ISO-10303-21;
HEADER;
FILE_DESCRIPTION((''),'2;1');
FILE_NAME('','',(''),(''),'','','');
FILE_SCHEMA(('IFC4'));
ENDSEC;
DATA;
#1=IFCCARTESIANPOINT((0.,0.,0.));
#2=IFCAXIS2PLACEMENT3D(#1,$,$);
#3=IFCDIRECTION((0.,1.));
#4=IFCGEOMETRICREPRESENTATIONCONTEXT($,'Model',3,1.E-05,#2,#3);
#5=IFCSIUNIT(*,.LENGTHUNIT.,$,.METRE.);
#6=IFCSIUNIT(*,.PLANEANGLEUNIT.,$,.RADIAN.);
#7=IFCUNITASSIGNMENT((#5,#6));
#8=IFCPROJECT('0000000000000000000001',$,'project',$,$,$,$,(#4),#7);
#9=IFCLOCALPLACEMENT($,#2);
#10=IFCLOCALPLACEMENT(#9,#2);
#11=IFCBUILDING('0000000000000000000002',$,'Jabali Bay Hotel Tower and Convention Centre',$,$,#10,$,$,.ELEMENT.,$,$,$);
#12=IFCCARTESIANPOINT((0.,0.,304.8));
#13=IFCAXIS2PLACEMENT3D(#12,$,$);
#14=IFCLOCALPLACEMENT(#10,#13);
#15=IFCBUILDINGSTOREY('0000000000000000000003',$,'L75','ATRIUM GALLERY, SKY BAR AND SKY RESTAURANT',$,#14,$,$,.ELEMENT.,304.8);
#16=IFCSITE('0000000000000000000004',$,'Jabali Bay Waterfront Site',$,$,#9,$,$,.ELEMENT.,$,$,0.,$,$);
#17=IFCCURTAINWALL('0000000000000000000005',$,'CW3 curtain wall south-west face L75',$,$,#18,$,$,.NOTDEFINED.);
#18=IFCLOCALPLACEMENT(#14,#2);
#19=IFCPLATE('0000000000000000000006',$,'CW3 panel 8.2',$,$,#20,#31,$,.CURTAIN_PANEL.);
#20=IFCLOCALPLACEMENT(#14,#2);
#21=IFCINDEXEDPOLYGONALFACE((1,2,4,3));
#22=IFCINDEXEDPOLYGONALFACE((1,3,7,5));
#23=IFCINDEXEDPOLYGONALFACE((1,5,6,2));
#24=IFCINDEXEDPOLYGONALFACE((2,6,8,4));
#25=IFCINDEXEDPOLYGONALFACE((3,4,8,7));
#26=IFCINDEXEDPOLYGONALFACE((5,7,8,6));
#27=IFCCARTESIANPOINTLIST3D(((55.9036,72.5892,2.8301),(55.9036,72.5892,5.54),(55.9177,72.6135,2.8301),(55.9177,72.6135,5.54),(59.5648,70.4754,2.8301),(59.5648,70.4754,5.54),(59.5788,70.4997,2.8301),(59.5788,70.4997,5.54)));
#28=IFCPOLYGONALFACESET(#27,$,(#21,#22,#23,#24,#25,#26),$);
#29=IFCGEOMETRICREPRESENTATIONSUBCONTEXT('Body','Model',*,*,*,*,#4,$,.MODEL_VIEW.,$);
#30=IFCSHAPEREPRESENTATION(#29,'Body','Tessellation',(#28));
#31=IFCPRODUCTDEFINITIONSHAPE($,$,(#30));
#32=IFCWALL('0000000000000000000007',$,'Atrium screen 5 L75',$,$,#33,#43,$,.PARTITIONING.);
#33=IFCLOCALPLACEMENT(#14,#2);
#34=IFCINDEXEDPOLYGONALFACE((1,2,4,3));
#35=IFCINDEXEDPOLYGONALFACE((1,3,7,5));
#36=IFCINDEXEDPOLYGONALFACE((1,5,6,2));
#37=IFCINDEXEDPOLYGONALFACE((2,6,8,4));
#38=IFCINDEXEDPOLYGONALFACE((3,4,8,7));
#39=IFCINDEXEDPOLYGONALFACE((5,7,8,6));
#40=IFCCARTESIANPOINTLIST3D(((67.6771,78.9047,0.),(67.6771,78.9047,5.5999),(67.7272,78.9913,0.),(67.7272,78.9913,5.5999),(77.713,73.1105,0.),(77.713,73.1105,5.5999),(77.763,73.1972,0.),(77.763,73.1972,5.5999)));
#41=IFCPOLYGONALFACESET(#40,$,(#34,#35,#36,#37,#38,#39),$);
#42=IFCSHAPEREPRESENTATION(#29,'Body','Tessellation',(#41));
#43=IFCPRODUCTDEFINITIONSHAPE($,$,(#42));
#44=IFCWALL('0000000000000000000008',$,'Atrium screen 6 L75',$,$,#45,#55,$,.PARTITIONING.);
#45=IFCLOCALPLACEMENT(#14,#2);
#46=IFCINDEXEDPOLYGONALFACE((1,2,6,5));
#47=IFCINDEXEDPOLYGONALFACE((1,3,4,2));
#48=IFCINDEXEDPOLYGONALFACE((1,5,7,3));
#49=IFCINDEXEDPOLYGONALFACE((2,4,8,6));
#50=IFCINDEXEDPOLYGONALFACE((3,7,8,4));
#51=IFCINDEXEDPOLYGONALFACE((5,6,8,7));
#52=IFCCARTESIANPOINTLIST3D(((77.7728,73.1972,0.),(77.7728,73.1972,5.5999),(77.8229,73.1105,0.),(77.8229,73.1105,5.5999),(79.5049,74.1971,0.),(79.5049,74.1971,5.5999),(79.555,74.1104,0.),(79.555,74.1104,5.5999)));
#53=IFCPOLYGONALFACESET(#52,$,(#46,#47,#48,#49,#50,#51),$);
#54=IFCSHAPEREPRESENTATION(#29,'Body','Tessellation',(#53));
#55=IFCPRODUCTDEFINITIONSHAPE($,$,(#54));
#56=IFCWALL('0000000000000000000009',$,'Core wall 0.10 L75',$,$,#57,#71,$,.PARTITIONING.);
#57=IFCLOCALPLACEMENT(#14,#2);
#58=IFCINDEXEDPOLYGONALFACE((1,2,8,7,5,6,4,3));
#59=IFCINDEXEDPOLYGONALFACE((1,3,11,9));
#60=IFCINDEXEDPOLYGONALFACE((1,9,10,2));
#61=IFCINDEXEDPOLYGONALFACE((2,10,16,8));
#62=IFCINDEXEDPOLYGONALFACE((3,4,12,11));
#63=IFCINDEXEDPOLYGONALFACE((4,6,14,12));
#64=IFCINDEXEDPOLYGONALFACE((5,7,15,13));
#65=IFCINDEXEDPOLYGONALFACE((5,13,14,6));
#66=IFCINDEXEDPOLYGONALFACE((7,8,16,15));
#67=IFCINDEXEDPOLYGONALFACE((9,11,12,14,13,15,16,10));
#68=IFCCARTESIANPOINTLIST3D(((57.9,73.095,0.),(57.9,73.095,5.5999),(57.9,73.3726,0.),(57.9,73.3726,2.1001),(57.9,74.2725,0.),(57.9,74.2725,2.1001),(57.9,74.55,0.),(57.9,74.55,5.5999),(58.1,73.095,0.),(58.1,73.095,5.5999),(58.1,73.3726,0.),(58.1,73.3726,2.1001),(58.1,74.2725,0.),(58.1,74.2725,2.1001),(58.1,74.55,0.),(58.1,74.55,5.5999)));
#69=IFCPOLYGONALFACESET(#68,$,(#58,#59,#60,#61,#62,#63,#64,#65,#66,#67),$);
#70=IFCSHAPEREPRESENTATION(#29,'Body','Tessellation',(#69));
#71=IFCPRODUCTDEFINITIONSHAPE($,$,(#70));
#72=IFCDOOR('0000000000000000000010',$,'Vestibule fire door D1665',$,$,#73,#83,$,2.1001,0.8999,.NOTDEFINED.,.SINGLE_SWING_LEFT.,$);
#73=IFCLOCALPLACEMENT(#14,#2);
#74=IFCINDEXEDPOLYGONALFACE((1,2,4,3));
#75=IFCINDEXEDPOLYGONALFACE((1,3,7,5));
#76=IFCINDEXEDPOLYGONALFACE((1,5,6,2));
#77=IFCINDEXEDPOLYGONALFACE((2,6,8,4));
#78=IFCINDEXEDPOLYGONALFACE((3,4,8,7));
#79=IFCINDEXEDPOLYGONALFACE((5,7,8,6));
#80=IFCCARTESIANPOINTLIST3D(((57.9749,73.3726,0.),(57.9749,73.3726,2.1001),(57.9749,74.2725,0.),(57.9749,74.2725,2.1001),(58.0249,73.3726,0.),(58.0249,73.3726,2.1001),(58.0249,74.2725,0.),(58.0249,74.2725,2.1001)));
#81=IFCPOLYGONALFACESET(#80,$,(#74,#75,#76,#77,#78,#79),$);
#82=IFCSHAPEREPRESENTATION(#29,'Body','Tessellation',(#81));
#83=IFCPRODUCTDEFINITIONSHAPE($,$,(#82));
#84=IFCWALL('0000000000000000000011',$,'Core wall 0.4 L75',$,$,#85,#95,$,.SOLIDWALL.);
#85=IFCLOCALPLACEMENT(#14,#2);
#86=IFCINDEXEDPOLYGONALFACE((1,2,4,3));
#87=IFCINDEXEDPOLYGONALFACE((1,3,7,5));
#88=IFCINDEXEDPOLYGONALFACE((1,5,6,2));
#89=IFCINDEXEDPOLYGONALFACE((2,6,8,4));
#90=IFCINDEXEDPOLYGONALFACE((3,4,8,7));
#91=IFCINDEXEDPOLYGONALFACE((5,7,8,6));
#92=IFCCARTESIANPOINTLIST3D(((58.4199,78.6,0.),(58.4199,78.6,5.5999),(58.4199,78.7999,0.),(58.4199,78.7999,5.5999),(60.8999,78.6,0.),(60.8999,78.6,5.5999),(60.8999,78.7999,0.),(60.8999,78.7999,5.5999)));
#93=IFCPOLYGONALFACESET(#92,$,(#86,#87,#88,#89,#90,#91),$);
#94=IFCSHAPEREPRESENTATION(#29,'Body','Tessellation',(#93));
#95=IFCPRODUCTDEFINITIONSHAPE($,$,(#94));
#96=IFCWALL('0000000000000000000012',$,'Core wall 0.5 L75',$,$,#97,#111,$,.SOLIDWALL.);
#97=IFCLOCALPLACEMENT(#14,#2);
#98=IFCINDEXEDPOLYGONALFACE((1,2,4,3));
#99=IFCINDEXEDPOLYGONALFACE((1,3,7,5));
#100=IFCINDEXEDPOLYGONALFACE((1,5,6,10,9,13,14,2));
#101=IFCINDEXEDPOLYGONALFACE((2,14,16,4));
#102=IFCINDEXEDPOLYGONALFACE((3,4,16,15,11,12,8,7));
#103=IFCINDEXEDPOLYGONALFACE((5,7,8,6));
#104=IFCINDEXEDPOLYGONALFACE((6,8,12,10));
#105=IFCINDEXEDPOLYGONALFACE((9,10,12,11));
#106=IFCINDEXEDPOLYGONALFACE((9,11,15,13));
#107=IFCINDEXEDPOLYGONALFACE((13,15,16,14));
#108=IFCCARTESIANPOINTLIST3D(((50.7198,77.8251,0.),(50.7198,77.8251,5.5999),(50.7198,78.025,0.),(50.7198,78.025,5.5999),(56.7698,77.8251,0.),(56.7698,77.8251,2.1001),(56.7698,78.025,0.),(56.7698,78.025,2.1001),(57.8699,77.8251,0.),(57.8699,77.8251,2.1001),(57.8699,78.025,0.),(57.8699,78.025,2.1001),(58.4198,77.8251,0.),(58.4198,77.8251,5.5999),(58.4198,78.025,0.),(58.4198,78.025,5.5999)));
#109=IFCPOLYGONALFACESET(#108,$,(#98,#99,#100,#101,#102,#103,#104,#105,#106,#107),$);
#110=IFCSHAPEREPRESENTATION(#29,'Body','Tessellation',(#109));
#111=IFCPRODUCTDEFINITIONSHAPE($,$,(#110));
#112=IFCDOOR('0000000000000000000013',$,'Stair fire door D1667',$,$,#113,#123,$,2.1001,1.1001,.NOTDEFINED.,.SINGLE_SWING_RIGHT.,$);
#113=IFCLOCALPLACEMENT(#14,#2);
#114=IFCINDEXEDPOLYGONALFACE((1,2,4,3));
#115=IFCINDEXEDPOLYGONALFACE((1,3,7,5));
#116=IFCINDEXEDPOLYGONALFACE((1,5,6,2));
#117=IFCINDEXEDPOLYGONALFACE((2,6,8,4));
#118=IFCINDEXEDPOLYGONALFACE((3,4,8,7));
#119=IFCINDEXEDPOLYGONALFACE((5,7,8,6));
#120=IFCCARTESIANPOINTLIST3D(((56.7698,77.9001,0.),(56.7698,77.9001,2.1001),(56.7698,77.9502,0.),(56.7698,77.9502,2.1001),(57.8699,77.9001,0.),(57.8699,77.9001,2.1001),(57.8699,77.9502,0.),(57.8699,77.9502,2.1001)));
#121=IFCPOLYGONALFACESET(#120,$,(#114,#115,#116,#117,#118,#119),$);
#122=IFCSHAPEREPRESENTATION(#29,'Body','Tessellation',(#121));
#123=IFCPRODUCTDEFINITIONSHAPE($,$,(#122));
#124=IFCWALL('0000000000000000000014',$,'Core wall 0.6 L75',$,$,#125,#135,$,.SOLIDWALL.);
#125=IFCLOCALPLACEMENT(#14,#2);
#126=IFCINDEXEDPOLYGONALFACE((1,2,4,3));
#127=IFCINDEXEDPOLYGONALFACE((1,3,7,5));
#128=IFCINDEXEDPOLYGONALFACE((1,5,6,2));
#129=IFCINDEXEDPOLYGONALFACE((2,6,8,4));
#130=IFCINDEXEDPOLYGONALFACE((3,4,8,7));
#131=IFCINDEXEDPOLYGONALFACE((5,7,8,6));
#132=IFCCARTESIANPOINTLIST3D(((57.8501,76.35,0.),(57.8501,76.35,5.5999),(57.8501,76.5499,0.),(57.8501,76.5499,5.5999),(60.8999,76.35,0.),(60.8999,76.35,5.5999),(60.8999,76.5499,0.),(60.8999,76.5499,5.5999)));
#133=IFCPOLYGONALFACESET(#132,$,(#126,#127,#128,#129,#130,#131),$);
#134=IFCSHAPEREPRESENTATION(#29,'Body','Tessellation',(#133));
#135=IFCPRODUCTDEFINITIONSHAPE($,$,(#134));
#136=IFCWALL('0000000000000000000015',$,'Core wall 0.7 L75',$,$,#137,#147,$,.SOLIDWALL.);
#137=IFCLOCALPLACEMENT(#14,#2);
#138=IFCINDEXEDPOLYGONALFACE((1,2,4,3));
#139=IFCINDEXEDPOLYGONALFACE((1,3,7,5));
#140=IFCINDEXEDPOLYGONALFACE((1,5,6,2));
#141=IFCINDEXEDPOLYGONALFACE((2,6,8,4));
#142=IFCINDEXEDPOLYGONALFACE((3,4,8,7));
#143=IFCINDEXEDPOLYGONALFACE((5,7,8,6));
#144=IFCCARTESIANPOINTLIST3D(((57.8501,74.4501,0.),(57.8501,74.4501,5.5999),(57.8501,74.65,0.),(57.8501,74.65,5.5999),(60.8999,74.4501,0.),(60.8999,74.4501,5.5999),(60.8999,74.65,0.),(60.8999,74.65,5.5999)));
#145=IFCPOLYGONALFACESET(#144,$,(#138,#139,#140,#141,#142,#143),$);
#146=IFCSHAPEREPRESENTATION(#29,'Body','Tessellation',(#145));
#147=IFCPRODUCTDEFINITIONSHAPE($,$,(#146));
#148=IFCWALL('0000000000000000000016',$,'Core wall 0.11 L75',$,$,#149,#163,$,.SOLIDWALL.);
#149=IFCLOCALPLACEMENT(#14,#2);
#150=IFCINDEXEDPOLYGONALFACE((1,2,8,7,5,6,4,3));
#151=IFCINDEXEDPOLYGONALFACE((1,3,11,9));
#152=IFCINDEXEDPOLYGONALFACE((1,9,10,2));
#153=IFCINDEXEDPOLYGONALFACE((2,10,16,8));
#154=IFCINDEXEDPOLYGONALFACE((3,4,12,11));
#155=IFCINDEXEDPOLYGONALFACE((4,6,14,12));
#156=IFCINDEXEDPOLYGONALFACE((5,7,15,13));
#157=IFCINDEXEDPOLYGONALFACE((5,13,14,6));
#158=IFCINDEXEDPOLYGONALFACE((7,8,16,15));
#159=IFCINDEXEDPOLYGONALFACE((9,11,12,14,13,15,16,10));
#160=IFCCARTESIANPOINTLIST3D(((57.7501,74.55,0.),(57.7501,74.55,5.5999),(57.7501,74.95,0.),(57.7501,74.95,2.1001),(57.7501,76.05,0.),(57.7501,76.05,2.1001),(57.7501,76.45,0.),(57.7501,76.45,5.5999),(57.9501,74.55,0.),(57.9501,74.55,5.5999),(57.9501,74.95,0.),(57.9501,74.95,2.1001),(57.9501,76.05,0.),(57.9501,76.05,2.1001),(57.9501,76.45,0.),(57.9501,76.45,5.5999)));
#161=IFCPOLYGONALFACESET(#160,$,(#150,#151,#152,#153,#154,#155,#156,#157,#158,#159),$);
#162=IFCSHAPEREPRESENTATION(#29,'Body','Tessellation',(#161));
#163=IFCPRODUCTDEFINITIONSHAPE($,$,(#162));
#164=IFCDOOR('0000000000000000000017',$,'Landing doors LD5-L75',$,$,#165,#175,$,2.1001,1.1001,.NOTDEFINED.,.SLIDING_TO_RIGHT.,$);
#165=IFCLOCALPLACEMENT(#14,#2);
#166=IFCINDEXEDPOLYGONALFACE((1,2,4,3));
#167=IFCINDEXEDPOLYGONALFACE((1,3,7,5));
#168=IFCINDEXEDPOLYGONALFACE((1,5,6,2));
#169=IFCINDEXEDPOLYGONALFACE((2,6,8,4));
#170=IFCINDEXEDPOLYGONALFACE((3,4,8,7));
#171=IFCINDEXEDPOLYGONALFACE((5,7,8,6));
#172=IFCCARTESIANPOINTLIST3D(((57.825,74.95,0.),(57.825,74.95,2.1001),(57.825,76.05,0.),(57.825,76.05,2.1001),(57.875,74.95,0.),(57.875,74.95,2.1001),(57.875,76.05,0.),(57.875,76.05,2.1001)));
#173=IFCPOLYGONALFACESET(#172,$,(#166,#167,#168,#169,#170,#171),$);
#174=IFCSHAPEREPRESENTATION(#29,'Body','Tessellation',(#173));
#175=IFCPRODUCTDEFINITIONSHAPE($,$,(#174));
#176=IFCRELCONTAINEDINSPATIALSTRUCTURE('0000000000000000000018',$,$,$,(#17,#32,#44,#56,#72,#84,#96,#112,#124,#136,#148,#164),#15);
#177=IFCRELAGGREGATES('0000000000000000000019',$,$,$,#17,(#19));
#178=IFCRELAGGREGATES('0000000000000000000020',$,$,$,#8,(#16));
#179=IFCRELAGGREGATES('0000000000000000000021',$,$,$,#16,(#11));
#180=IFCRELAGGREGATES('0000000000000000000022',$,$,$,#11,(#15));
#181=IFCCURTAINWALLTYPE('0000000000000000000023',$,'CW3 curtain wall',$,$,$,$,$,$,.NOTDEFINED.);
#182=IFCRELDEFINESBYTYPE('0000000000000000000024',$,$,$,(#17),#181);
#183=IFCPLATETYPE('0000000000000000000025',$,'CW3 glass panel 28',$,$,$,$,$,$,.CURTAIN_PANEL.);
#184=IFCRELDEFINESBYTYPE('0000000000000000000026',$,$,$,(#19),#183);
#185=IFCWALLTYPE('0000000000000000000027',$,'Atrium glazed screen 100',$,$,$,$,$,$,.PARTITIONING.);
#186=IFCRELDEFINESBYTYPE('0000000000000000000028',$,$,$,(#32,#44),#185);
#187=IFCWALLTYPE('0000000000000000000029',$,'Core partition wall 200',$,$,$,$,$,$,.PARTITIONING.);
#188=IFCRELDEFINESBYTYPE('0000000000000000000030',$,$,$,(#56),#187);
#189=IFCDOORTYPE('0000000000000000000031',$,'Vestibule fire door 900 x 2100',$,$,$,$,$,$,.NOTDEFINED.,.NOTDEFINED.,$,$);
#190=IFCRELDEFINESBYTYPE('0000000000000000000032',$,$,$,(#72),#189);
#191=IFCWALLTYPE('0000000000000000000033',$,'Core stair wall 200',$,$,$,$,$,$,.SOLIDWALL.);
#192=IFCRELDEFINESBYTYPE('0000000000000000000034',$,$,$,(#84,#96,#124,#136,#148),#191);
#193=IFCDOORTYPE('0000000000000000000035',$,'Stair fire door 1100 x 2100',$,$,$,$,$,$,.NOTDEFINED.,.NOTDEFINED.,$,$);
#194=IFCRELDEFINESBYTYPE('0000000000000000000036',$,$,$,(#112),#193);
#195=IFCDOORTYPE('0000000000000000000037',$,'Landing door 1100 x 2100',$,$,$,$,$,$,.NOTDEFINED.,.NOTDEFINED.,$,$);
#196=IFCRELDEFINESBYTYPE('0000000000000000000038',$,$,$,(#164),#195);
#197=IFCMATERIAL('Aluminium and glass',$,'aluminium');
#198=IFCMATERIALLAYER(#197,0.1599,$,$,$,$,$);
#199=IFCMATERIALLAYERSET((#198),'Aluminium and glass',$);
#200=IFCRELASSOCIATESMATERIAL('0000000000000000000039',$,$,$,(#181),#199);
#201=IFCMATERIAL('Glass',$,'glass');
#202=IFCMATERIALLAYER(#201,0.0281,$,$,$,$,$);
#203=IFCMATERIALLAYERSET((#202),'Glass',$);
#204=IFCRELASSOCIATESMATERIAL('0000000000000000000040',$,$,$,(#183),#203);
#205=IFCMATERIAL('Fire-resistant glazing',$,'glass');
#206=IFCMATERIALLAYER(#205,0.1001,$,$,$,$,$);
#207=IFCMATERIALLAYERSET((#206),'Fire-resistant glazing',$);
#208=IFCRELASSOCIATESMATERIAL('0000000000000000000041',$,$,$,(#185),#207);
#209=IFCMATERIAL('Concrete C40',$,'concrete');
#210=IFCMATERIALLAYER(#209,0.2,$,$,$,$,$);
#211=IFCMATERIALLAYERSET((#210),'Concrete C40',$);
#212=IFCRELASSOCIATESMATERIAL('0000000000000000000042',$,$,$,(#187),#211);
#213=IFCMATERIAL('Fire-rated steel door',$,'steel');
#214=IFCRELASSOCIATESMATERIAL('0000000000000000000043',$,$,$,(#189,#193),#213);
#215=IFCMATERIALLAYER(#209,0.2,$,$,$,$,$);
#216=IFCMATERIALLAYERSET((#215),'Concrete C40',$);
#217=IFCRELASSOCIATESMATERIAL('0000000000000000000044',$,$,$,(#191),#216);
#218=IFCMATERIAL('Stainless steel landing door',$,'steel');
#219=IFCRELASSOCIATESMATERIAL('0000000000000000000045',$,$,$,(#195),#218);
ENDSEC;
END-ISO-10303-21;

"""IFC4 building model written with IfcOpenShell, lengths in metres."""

from ifc_helpers import new_model, si_unit, direction, frame, frame_2d, origin, origin_2d, place, context, subcontext, project, spatial, rectangle, extrude, material, layer, layer_set, type_object, element, fill, aggregate, save


model = new_model("IFC4")

# Units and contexts
model_context = context("Model", 3, precision=1e-05, world=origin(), true_north=direction((0.0, 1.0)))
body_context = subcontext(model_context, "Body", "Model", "MODEL_VIEW")
ifc_project = project(units=[si_unit("LENGTHUNIT", "METRE"), si_unit("PLANEANGLEUNIT", "RADIAN")], contexts=[model_context])

# Site, building, storey
site_placement = place(None, origin())
site = spatial("IfcSite", under=ifc_project, at=site_placement, Name="Jabali Bay Waterfront Site", CompositionType="ELEMENT", RefElevation=0.0)
building_placement = place(site_placement, origin())
building = spatial("IfcBuilding", under=site, at=building_placement, Name="Jabali Bay Hotel Tower and Convention Centre", CompositionType="ELEMENT")
storey_placement = place(building_placement, frame((0.0, 0.0, 304.8)))
storey = spatial("IfcBuildingStorey", under=building, at=storey_placement, Name="L75", Description="ATRIUM GALLERY, SKY BAR AND SKY RESTAURANT", CompositionType="ELEMENT", Elevation=304.8)

# Curtain wall, plate
ifc_material_1 = material(Name="Aluminium and glass", Category="aluminium")
ifc_layer_1 = layer(ifc_material_1, 0.1599)
ifc_layer_set_1 = layer_set([ifc_layer_1], Name="Aluminium and glass")
curtain_wall_type = type_object("IfcCurtainWallType", Name="CW3 curtain wall", PredefinedType="NOTDEFINED", material=ifc_layer_set_1)
curtain_wall_placement = place(storey_placement, origin())
curtain_wall = element("IfcCurtainWall", 1, at=curtain_wall_placement, inside=storey, type_object=curtain_wall_type, Name="CW3 curtain wall south-west face L75", PredefinedType="NOTDEFINED")
ifc_material_2 = material(Name="Glass", Category="glass")
ifc_layer_2 = layer(ifc_material_2, 0.0281)
ifc_layer_set_2 = layer_set([ifc_layer_2], Name="Glass")
plate_type = type_object("IfcPlateType", Name="CW3 glass panel 28", PredefinedType="CURTAIN_PANEL", material=ifc_layer_set_2)
plate_1_placement = place(storey_placement, frame((57.7412, 71.5444, 2.8301), z_axis=(0.0, 0.0, 1.0), x_axis=(-0.866025, 0.5, 0.0)))
plate_1 = element("IfcPlate", 2, at=plate_1_placement, type_object=plate_type, Name="CW3 panel 8.2", PredefinedType="CURTAIN_PANEL", context=body_context, shape_type="SweptSolid", body=[
    extrude(rectangle(XDim=4.2275, YDim=0.0281, at=origin_2d()), origin(), (0.0, 0.0, 1.0), 2.71),
])
aggregate(curtain_wall, [plate_1])

# Walls
ifc_material_3 = material(Name="Fire-resistant glazing", Category="glass")
ifc_layer_3 = layer(ifc_material_3, 0.1001)
ifc_layer_set_3 = layer_set([ifc_layer_3], Name="Fire-resistant glazing")
wall_type_1 = type_object("IfcWallType", Name="Atrium glazed screen 100", PredefinedType="PARTITIONING", material=ifc_layer_set_3)
wall_1_placement = place(storey_placement, frame((67.7021, 78.948, 0.0), z_axis=(0.0, 0.0, 1.0), x_axis=(0.866027, -0.499998, 0.0)))
element("IfcWall", 3, at=wall_1_placement, inside=storey, type_object=wall_type_1, Name="Atrium screen 5 L75", PredefinedType="PARTITIONING", context=body_context, shape_type="SweptSolid", body=[
    extrude(rectangle(XDim=11.5884, YDim=0.1001, at=frame_2d((5.7942, 0.0))), origin(), (0.0, 0.0, 1.0), 5.5999),
])
wall_2_placement = place(storey_placement, frame((77.7979, 73.1538, 0.0), z_axis=(0.0, 0.0, 1.0), x_axis=(0.866041, 0.499973, 0.0)))
element("IfcWall", 4, at=wall_2_placement, inside=storey, type_object=wall_type_1, Name="Atrium screen 6 L75", PredefinedType="PARTITIONING", context=body_context, shape_type="SweptSolid", body=[
    extrude(rectangle(XDim=2.0, YDim=0.1001, at=frame_2d((1.0, 0.0))), origin(), (0.0, 0.0, 1.0), 5.5999),
])

# Wall, opening, door
ifc_material_4 = material(Name="Concrete C40", Category="concrete")
ifc_layer_4 = layer(ifc_material_4, 0.2)
ifc_layer_set_4 = layer_set([ifc_layer_4], Name="Concrete C40")
wall_type_2 = type_object("IfcWallType", Name="Core partition wall 200", PredefinedType="PARTITIONING", material=ifc_layer_set_4)
wall_3_placement = place(storey_placement, frame((58.0, 74.55, 0.0), z_axis=(0.0, 0.0, 1.0), x_axis=(0.0, -1.0, 0.0)))
wall_3 = element("IfcWall", 5, at=wall_3_placement, inside=storey, type_object=wall_type_2, Name="Core wall 0.10 L75", PredefinedType="PARTITIONING", context=body_context, shape_type="SweptSolid", body=[
    extrude(rectangle(XDim=1.4551, YDim=0.2, at=frame_2d((0.7275, 0.0))), origin(), (0.0, 0.0, 1.0), 5.5999),
])
opening_1_placement = place(wall_3_placement, frame((0.2776, 0.0, 0.0)))
opening_1 = element("IfcOpeningElement", 6, at=opening_1_placement, cuts=wall_3, PredefinedType="OPENING", context=body_context, shape_type="SweptSolid", body=[
    extrude(rectangle(XDim=0.8999, YDim=2.1001, at=frame_2d((0.45, 1.05))), frame((0.0, 0.1104, 0.0), z_axis=(0.0, -1.0, 0.0), x_axis=(1.0, 0.0, 0.0)), (0.0, 0.0, 1.0), 0.2209),
])
ifc_material_5 = material(Name="Fire-rated steel door", Category="steel")
door_type_1 = type_object("IfcDoorType", Name="Vestibule fire door 900 x 2100", OperationType="NOTDEFINED", PredefinedType="NOTDEFINED", material=ifc_material_5)
door_1_placement = place(opening_1_placement, origin())
door_1 = element("IfcDoor", 7, at=door_1_placement, inside=storey, type_object=door_type_1, Name="Vestibule fire door D1665", OperationType="SINGLE_SWING_LEFT", OverallHeight=2.1001, OverallWidth=0.8999, PredefinedType="NOTDEFINED", context=body_context, shape_type="SweptSolid", body=[
    extrude(rectangle(XDim=0.8999, YDim=2.1001, at=frame_2d((0.45, 1.05))), frame((0.0, 0.0249, 0.0), z_axis=(0.0, -1.0, 0.0), x_axis=(1.0, 0.0, 0.0)), (0.0, 0.0, 1.0), 0.05),
])
fill(opening_1, door_1)

# Wall
ifc_layer_5 = layer(ifc_material_4, 0.2)
ifc_layer_set_5 = layer_set([ifc_layer_5], Name="Concrete C40")
wall_type_3 = type_object("IfcWallType", Name="Core stair wall 200", PredefinedType="SOLIDWALL", material=ifc_layer_set_5)
wall_4_placement = place(storey_placement, frame((60.8999, 78.7, 0.0), z_axis=(0.0, 0.0, 1.0), x_axis=(-1.0, 0.0, 0.0)))
element("IfcWall", 8, at=wall_4_placement, inside=storey, type_object=wall_type_3, Name="Core wall 0.4 L75", PredefinedType="SOLIDWALL", context=body_context, shape_type="SweptSolid", body=[
    extrude(rectangle(XDim=2.48, YDim=0.2, at=frame_2d((1.24, 0.0))), origin(), (0.0, 0.0, 1.0), 5.5999),
])

# Wall, opening, door
wall_5_placement = place(storey_placement, frame((58.4199, 77.925, 0.0), z_axis=(0.0, 0.0, 1.0), x_axis=(-1.0, 0.0, 0.0)))
wall_5 = element("IfcWall", 9, at=wall_5_placement, inside=storey, type_object=wall_type_3, Name="Core wall 0.5 L75", PredefinedType="SOLIDWALL", context=body_context, shape_type="SweptSolid", body=[
    extrude(rectangle(XDim=7.7, YDim=0.2, at=frame_2d((3.8501, 0.0))), origin(), (0.0, 0.0, 1.0), 5.5999),
])
opening_2_placement = place(wall_5_placement, frame((0.55, 0.0, 0.0)))
opening_2 = element("IfcOpeningElement", 10, at=opening_2_placement, cuts=wall_5, PredefinedType="OPENING", context=body_context, shape_type="SweptSolid", body=[
    extrude(rectangle(XDim=1.1001, YDim=2.1001, at=frame_2d((0.55, 1.05))), frame((0.0, 0.1104, 0.0), z_axis=(0.0, -1.0, 0.0), x_axis=(1.0, 0.0, 0.0)), (0.0, 0.0, 1.0), 0.2209),
])
door_type_2 = type_object("IfcDoorType", Name="Stair fire door 1100 x 2100", OperationType="NOTDEFINED", PredefinedType="NOTDEFINED", material=ifc_material_5)
door_2_placement = place(opening_2_placement, origin())
door_2 = element("IfcDoor", 11, at=door_2_placement, inside=storey, type_object=door_type_2, Name="Stair fire door D1667", OperationType="SINGLE_SWING_RIGHT", OverallHeight=2.1001, OverallWidth=1.1001, PredefinedType="NOTDEFINED", context=body_context, shape_type="SweptSolid", body=[
    extrude(rectangle(XDim=1.1001, YDim=2.1001, at=frame_2d((0.55, 1.05))), frame((0.0, 0.0249, 0.0), z_axis=(0.0, -1.0, 0.0), x_axis=(1.0, 0.0, 0.0)), (0.0, 0.0, 1.0), 0.05),
])
fill(opening_2, door_2)

# Walls
for number, where, z_axis, x_axis, name in (
    (12, (60.8999, 76.45, 0.0), (0.0, 0.0, 1.0), (-1.0, 0.0, 0.0), "Core wall 0.6 L75"),
    (13, (60.8999, 74.55, 0.0), (0.0, 0.0, 1.0), (-1.0, 0.0, 0.0), "Core wall 0.7 L75"),
):
    element("IfcWall", number, at=place(storey_placement, frame(where, z_axis=z_axis, x_axis=x_axis)), inside=storey, type_object=wall_type_3, Name=name, PredefinedType="SOLIDWALL", context=body_context, shape_type="SweptSolid", body=[
        extrude(rectangle(XDim=3.0498, YDim=0.2, at=frame_2d((1.5249, 0.0))), origin(), (0.0, 0.0, 1.0), 5.5999),
    ])

# Wall, opening, door
wall_6_placement = place(storey_placement, frame((57.8501, 76.45, 0.0), z_axis=(0.0, 0.0, 1.0), x_axis=(0.0, -1.0, 0.0)))
wall_6 = element("IfcWall", 14, at=wall_6_placement, inside=storey, type_object=wall_type_3, Name="Core wall 0.11 L75", PredefinedType="SOLIDWALL", context=body_context, shape_type="SweptSolid", body=[
    extrude(rectangle(XDim=1.8999, YDim=0.2, at=frame_2d((0.95, 0.0))), origin(), (0.0, 0.0, 1.0), 5.5999),
])
opening_3_placement = place(wall_6_placement, frame((0.3999, 0.0, 0.0)))
opening_3 = element("IfcOpeningElement", 15, at=opening_3_placement, cuts=wall_6, PredefinedType="OPENING", context=body_context, shape_type="SweptSolid", body=[
    extrude(rectangle(XDim=1.1001, YDim=2.1001, at=frame_2d((0.55, 1.05))), frame((0.0, 0.1104, 0.0), z_axis=(0.0, -1.0, 0.0), x_axis=(1.0, 0.0, 0.0)), (0.0, 0.0, 1.0), 0.2209),
])
ifc_material_6 = material(Name="Stainless steel landing door", Category="steel")
door_type_3 = type_object("IfcDoorType", Name="Landing door 1100 x 2100", OperationType="NOTDEFINED", PredefinedType="NOTDEFINED", material=ifc_material_6)
door_3_placement = place(opening_3_placement, origin())
door_3 = element("IfcDoor", 16, at=door_3_placement, inside=storey, type_object=door_type_3, Name="Landing doors LD5-L75", OperationType="SLIDING_TO_RIGHT", OverallHeight=2.1001, OverallWidth=1.1001, PredefinedType="NOTDEFINED", context=body_context, shape_type="SweptSolid", body=[
    extrude(rectangle(XDim=1.1001, YDim=2.1001, at=frame_2d((0.55, 1.05))), frame((0.0, 0.0249, 0.0), z_axis=(0.0, -1.0, 0.0), x_axis=(1.0, 0.0, 0.0)), (0.0, 0.0, 1.0), 0.05),
])
fill(opening_3, door_3)

save(model, "model.ifc")
